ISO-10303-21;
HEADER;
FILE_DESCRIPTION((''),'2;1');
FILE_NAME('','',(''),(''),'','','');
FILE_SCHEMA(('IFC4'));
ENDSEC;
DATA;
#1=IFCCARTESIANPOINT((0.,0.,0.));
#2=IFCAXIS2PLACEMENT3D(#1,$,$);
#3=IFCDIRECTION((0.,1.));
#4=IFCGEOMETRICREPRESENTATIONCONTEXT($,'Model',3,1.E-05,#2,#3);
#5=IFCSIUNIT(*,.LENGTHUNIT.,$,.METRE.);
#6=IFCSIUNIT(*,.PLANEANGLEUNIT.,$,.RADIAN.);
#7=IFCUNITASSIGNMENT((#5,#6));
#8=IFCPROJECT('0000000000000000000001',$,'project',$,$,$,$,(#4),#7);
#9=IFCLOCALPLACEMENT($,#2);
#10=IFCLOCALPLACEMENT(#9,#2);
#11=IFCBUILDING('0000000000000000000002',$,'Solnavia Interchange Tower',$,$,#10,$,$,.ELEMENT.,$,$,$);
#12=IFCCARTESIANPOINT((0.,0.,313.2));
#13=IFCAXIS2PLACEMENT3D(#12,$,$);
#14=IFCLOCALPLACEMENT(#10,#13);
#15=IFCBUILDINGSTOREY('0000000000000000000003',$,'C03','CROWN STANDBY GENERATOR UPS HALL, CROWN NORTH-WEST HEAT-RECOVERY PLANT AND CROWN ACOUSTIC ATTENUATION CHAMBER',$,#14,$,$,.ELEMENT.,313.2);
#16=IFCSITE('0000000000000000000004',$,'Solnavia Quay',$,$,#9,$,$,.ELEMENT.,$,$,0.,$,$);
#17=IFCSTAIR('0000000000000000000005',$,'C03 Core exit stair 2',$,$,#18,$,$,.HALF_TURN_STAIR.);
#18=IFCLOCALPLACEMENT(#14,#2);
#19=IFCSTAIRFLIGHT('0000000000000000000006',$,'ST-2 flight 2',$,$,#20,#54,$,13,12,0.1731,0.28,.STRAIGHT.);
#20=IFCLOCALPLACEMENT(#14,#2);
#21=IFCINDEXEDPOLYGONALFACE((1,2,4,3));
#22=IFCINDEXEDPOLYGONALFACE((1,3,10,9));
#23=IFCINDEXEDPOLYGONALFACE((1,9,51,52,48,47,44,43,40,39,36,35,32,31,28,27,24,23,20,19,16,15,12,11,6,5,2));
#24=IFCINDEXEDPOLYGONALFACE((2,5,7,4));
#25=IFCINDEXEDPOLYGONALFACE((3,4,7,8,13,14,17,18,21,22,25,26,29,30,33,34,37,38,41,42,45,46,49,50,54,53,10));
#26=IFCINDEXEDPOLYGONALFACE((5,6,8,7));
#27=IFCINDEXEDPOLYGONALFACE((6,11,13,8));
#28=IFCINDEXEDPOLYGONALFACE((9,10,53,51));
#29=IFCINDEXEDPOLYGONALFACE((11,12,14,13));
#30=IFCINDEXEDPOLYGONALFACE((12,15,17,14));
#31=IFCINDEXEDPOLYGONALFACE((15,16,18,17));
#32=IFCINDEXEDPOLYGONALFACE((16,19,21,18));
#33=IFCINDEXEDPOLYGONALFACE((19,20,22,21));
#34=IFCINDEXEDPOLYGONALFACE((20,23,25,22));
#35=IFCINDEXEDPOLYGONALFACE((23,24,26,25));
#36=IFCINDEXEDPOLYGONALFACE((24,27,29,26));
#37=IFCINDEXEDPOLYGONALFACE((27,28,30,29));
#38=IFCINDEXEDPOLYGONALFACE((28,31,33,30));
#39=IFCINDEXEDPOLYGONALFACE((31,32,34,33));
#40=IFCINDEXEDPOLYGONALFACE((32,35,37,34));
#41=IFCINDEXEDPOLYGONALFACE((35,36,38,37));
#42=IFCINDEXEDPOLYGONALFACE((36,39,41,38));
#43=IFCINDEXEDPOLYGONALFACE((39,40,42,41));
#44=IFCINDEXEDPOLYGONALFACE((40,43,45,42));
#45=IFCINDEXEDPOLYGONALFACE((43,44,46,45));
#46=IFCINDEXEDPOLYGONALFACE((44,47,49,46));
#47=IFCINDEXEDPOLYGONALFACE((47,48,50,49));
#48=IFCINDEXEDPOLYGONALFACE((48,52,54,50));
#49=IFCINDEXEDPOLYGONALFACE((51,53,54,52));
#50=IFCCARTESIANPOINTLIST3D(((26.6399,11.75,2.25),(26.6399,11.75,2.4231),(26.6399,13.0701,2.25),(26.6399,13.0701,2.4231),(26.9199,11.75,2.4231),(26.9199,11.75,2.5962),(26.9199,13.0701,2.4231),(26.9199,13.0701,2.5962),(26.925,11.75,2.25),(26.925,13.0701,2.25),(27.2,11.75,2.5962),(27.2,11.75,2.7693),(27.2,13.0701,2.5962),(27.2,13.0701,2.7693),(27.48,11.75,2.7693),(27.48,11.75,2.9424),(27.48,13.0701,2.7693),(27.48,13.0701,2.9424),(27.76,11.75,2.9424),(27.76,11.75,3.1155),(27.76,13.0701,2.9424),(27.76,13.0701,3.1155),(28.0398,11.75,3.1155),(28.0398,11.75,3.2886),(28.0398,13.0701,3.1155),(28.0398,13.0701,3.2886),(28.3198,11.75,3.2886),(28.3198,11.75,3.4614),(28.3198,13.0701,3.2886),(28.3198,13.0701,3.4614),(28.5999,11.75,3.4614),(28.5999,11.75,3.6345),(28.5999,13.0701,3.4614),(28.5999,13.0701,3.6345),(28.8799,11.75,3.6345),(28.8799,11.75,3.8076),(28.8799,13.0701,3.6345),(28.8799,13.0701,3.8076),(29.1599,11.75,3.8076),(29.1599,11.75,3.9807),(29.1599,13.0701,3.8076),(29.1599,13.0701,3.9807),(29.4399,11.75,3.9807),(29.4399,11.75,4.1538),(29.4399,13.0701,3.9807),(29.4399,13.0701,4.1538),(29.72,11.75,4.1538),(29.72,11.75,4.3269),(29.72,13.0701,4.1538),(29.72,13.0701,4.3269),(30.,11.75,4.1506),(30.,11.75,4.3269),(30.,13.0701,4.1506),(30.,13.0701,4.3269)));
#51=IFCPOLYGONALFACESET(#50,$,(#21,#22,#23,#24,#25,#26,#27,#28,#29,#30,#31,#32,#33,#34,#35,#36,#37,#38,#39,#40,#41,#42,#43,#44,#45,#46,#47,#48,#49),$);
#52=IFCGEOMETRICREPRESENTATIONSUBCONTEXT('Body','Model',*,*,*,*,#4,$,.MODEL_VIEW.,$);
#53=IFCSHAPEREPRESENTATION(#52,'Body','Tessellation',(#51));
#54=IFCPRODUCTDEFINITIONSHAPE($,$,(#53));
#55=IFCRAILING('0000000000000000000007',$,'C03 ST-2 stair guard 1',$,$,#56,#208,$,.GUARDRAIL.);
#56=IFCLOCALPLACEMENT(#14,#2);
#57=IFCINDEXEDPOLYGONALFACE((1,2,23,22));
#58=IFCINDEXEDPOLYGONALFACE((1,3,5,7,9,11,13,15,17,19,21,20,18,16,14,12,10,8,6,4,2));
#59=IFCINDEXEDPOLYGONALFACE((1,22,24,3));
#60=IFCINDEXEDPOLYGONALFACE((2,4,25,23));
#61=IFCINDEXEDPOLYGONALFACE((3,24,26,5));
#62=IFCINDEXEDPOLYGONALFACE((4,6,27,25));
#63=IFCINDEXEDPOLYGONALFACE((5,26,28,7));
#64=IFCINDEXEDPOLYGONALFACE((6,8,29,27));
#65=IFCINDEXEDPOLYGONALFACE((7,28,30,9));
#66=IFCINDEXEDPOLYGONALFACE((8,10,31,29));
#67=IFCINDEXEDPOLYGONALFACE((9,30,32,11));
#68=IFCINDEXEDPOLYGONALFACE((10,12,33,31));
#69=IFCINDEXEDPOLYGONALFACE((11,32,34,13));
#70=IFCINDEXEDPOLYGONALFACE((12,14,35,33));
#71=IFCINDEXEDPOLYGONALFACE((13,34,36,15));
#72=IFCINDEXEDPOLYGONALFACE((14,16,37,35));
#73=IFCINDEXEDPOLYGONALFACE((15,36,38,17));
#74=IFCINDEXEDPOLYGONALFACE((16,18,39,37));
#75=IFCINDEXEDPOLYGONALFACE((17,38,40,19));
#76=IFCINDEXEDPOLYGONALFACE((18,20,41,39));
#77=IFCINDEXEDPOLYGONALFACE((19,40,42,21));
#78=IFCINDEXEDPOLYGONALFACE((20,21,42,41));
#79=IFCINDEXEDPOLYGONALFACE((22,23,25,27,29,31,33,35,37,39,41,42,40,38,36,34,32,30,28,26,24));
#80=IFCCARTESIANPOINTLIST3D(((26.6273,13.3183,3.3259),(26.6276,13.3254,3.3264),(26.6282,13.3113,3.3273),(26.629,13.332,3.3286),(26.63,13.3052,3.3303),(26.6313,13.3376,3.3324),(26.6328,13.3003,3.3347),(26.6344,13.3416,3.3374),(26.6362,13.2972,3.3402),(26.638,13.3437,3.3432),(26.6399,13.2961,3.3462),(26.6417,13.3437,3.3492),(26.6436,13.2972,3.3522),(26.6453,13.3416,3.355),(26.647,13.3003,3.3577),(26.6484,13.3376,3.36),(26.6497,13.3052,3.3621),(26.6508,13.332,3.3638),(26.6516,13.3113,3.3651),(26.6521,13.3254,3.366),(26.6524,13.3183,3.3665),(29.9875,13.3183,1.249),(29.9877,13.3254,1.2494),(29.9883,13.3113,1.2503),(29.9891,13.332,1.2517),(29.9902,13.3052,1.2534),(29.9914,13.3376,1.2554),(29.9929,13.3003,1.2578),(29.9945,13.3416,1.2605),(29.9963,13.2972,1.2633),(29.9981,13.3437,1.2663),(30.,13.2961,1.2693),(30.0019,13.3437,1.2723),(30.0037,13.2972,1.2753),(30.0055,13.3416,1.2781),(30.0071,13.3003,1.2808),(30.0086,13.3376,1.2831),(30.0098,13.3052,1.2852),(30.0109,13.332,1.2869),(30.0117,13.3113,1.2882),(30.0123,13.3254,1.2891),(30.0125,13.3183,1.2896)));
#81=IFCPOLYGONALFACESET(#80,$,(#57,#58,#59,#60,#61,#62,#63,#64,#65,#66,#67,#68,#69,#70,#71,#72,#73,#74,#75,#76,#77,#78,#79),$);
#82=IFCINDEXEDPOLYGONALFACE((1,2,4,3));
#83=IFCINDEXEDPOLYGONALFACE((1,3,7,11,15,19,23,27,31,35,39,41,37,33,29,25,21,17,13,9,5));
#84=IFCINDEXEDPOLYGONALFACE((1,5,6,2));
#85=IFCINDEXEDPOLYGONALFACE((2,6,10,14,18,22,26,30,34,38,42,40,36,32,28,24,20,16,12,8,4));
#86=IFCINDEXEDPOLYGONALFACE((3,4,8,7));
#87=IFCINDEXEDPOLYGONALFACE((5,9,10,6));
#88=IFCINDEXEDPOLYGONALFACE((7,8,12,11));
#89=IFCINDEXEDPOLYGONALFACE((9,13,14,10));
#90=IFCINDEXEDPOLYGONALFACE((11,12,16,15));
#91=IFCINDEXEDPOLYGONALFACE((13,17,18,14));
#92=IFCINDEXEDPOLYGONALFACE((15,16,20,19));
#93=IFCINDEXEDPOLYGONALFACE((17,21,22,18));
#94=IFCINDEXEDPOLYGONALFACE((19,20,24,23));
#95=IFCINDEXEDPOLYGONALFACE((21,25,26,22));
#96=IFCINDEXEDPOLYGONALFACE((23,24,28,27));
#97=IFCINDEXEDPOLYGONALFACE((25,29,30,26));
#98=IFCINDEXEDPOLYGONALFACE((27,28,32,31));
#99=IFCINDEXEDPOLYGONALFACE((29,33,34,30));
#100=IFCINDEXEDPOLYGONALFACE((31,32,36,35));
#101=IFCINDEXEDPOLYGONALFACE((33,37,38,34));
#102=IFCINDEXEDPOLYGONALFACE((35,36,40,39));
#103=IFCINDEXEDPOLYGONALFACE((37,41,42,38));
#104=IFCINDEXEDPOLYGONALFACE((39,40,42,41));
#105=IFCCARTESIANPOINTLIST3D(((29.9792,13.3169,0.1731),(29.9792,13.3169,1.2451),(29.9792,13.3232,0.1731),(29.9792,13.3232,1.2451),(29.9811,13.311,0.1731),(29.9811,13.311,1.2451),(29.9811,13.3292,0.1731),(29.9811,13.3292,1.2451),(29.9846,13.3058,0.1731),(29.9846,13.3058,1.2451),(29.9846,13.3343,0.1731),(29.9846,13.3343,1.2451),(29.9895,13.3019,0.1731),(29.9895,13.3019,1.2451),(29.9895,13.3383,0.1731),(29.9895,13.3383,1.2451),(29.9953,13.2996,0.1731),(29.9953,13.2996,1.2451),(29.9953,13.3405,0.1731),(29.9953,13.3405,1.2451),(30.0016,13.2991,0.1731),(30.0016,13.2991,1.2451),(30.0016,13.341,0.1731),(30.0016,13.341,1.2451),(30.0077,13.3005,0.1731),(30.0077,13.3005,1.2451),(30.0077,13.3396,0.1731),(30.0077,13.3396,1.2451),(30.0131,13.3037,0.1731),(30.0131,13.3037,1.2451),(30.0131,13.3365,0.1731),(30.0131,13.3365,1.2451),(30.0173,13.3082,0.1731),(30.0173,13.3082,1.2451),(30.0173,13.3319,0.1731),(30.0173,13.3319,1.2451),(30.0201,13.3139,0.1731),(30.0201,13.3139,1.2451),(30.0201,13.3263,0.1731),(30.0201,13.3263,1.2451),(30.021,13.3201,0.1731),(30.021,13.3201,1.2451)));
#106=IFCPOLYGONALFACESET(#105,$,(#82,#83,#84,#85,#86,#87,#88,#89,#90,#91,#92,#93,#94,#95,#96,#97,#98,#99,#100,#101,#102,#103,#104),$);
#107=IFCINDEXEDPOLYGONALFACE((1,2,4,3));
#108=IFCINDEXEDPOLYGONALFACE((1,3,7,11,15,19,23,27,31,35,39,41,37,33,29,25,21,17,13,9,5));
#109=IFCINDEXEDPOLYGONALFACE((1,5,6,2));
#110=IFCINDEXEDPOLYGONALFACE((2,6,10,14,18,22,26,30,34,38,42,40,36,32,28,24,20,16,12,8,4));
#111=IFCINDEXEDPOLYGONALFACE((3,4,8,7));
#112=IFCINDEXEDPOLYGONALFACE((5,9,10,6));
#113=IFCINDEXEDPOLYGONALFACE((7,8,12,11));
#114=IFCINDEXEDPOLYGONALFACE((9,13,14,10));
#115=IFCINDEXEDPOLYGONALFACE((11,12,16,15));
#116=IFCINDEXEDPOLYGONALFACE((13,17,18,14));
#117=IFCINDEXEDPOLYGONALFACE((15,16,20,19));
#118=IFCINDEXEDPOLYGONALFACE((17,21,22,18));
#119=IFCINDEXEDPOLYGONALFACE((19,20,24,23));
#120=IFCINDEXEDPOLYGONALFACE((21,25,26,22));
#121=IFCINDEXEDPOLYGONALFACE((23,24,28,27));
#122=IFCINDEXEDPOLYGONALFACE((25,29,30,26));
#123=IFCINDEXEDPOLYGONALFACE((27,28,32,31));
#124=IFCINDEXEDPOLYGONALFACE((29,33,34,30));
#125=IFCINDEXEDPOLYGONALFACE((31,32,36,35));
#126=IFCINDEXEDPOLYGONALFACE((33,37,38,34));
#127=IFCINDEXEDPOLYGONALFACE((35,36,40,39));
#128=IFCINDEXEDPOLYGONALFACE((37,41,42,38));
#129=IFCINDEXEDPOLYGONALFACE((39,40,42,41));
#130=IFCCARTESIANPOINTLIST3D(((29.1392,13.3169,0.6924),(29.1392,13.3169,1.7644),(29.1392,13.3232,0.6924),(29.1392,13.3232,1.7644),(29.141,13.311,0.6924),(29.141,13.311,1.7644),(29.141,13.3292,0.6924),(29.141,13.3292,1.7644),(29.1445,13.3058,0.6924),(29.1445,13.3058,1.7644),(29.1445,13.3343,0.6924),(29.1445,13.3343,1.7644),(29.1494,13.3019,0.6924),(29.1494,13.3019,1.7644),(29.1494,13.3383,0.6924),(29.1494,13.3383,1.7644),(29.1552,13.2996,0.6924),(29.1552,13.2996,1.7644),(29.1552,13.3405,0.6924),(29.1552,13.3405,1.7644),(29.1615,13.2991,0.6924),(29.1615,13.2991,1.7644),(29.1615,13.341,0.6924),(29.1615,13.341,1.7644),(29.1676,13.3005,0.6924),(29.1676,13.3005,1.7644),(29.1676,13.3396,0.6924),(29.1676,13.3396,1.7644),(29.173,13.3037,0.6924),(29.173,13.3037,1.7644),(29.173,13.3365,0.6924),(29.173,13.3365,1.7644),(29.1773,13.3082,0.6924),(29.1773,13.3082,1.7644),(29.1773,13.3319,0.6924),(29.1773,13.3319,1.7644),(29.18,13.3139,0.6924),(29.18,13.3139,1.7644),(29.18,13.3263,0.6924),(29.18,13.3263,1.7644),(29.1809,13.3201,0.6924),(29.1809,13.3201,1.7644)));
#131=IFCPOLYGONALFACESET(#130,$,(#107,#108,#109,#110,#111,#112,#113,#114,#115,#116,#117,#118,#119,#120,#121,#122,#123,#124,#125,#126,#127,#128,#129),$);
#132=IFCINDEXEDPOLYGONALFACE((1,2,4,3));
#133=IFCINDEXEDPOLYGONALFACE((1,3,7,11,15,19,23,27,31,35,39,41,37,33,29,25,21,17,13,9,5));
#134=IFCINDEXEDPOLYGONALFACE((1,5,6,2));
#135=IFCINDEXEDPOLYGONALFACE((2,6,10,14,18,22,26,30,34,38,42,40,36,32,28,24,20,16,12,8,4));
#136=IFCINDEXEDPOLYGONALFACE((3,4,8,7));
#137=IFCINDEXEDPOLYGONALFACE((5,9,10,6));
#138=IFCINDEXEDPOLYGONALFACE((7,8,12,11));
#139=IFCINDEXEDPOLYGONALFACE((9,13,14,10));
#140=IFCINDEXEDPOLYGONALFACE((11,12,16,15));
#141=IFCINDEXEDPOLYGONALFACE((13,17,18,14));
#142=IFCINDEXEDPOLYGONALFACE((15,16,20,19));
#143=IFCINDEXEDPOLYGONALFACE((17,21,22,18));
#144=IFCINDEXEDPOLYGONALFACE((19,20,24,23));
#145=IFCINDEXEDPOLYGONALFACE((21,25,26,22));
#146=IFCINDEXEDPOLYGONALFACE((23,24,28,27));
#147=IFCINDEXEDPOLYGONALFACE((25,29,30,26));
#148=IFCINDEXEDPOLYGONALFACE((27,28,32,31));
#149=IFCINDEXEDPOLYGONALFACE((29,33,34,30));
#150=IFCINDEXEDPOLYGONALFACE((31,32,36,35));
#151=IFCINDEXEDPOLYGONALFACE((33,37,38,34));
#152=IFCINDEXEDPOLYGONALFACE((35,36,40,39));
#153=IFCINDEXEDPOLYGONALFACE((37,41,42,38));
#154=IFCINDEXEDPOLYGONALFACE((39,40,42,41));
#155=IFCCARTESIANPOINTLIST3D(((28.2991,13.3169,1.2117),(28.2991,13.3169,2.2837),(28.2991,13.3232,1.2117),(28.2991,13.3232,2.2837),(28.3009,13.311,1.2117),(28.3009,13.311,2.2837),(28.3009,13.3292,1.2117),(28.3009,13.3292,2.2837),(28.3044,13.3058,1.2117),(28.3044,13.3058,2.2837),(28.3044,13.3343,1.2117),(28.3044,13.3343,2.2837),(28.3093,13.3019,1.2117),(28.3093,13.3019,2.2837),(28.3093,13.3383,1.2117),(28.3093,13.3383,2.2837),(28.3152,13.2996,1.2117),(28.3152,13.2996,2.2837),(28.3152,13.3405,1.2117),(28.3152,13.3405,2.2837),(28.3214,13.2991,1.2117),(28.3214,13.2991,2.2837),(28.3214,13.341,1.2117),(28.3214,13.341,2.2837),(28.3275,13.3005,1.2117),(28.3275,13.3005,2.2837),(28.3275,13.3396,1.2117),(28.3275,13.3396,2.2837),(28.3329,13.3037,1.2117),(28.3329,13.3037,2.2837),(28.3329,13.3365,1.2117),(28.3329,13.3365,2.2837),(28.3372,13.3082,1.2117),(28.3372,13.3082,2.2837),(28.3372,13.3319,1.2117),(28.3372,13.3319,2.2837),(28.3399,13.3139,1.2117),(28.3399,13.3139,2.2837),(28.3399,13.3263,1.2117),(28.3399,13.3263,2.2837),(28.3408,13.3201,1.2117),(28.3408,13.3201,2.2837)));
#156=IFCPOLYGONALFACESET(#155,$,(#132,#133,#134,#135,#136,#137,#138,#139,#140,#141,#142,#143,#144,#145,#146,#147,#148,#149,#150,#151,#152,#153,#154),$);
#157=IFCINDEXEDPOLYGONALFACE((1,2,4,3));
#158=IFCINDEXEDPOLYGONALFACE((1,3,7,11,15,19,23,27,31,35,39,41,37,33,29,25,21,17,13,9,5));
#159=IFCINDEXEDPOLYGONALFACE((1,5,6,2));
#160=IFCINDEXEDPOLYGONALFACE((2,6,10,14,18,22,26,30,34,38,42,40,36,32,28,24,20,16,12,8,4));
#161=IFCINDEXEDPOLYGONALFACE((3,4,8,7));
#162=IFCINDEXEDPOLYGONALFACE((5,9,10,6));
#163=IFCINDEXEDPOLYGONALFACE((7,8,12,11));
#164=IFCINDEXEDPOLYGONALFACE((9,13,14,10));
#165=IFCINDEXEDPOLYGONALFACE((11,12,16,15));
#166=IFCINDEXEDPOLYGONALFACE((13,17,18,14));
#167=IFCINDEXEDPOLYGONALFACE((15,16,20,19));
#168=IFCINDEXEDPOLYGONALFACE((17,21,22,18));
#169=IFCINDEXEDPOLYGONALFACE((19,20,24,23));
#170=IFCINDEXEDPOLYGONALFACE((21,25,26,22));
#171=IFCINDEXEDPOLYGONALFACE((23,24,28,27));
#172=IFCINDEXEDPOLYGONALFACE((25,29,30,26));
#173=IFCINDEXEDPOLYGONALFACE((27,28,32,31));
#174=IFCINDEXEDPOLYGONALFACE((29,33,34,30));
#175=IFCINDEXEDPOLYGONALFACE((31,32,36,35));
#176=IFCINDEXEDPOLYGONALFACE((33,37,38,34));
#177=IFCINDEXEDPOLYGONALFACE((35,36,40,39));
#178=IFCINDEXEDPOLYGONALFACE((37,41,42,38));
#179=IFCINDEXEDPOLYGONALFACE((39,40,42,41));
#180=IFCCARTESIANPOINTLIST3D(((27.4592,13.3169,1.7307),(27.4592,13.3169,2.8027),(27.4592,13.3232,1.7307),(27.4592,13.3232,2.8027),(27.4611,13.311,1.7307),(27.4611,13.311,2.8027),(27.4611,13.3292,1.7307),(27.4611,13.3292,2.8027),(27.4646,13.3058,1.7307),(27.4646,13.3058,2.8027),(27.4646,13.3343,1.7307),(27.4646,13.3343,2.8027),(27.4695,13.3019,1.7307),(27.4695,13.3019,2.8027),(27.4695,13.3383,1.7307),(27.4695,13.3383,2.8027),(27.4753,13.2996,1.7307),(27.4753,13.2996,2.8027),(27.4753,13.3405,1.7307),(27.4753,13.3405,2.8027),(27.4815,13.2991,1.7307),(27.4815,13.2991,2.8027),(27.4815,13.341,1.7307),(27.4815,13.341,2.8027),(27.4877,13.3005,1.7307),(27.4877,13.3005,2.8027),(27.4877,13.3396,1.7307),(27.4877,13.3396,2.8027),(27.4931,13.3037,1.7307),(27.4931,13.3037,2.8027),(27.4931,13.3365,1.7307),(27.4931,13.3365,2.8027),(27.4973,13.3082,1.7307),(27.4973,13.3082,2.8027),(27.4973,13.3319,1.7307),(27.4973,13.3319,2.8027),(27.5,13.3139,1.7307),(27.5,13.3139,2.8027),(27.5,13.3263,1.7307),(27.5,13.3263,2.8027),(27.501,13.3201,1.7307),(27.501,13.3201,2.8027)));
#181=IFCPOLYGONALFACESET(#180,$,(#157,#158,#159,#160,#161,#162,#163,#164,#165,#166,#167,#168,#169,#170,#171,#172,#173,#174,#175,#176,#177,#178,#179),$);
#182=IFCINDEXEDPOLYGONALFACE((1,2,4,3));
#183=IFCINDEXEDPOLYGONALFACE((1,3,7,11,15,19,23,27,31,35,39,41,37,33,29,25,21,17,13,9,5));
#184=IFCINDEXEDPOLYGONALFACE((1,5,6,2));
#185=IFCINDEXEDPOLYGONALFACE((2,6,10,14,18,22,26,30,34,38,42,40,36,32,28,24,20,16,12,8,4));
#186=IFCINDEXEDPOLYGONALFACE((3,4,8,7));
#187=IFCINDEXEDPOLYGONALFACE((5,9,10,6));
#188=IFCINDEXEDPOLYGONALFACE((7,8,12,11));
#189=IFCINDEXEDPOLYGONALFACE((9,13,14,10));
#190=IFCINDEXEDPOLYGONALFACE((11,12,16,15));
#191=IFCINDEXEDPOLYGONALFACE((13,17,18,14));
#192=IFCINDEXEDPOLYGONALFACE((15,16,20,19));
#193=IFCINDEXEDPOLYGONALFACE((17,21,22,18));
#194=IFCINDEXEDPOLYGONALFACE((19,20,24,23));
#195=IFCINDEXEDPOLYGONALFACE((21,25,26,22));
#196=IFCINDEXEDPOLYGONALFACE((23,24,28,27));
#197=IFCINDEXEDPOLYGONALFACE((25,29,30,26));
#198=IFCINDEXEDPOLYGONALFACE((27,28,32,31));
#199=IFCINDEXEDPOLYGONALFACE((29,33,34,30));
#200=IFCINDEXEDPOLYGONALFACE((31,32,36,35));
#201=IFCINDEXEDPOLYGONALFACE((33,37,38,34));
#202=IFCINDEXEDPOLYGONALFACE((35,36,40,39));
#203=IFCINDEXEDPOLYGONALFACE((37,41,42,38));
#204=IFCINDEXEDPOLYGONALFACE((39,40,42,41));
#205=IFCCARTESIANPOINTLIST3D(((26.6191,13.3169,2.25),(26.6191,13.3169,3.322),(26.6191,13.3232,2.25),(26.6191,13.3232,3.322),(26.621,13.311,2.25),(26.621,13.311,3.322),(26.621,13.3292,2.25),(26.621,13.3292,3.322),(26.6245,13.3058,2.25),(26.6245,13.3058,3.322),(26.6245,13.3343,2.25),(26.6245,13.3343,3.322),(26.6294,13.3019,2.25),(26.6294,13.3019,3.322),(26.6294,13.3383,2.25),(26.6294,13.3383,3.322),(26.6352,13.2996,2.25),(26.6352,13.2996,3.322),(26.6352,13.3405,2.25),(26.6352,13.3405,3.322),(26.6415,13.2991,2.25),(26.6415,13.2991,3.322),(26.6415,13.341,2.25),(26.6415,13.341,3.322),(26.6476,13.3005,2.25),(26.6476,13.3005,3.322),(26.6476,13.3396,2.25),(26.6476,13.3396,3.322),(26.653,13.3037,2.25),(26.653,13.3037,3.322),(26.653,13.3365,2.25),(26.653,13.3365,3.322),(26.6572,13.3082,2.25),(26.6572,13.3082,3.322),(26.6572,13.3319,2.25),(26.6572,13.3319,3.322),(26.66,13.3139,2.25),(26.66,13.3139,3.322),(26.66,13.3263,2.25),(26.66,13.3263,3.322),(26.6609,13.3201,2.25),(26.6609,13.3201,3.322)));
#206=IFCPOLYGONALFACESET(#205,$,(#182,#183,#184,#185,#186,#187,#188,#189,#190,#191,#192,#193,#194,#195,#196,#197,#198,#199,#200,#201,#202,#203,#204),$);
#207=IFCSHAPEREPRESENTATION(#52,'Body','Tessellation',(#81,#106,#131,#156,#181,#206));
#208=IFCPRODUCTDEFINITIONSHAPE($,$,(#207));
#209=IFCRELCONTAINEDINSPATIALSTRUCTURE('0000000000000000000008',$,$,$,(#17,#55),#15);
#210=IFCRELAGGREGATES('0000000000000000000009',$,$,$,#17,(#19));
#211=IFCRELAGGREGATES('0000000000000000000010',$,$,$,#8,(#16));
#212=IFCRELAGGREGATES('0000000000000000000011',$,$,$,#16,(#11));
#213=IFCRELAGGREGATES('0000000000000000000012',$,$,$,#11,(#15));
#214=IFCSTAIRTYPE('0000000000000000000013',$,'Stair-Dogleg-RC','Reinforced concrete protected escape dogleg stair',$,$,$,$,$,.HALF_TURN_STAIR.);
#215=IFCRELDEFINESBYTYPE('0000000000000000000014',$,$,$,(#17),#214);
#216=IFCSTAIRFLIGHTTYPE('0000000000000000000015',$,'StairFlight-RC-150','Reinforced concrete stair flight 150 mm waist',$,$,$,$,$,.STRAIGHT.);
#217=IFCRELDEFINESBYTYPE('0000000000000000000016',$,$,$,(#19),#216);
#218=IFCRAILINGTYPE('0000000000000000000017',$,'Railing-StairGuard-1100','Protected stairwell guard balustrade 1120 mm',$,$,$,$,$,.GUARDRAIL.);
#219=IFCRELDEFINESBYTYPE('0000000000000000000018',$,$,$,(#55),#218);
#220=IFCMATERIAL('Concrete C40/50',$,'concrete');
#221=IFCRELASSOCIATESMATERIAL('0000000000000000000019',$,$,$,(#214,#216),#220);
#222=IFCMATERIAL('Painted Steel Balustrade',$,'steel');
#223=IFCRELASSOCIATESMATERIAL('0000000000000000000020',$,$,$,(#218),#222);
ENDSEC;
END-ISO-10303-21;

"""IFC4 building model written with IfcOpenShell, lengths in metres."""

from ifc_helpers import new_model, si_unit, direction, frame, origin, origin_2d, place, context, subcontext, project, spatial, polyline, circle, outline, extrude, material, type_object, element, aggregate, save


model = new_model("IFC4")

# Units and contexts
model_context = context("Model", 3, precision=1e-05, world=origin(), true_north=direction((0.0, 1.0)))
body_context = subcontext(model_context, "Body", "Model", "MODEL_VIEW")
ifc_project = project(units=[si_unit("LENGTHUNIT", "METRE"), si_unit("PLANEANGLEUNIT", "RADIAN")], contexts=[model_context])

# Site, building, storey
site_placement = place(None, origin())
site = spatial("IfcSite", under=ifc_project, at=site_placement, Name="Solnavia Quay", CompositionType="ELEMENT", RefElevation=0.0)
building_placement = place(site_placement, origin())
building = spatial("IfcBuilding", under=site, at=building_placement, Name="Solnavia Interchange Tower", CompositionType="ELEMENT")
storey_placement = place(building_placement, frame((0.0, 0.0, 313.2)))
storey = spatial("IfcBuildingStorey", under=building, at=storey_placement, Name="C03", Description="CROWN STANDBY GENERATOR UPS HALL, CROWN NORTH-WEST HEAT-RECOVERY PLANT AND CROWN ACOUSTIC ATTENUATION CHAMBER", CompositionType="ELEMENT", Elevation=313.2)

# Shared definitions
ifc_material_1 = material(Name="Concrete C40/50", Category="concrete")

# Stair, stair flight
stair_type = type_object("IfcStairType", Name="Stair-Dogleg-RC", Description="Reinforced concrete protected escape dogleg stair", PredefinedType="HALF_TURN_STAIR", material=ifc_material_1)
stair_placement = place(storey_placement, origin())
stair = element("IfcStair", 1, at=stair_placement, inside=storey, type_object=stair_type, Name="C03 Core exit stair 2", PredefinedType="HALF_TURN_STAIR")
stair_flight_type = type_object("IfcStairFlightType", Name="StairFlight-RC-150", Description="Reinforced concrete stair flight 150 mm waist", PredefinedType="STRAIGHT", material=ifc_material_1)
stair_flight_1_placement = place(storey_placement, frame((26.6399, 12.4099, 2.25), z_axis=(0.0, 0.0, 1.0), x_axis=(1.0, 0.0, 0.0)))
stair_flight_1 = element("IfcStairFlight", 2, at=stair_flight_1_placement, type_object=stair_flight_type, Name="ST-2 flight 2", NumberOfRisers=13, NumberOfTreads=12, PredefinedType="STRAIGHT", RiserHeight=0.1731, TreadLength=0.28, context=body_context, shape_type="SweptSolid", body=[
    extrude(outline(polyline([(0.0, 0.0), (0.0, 0.1731), (0.28, 0.1731), (0.28, 0.3462), (0.5601, 0.3462), (0.5601, 0.5193), (0.8401, 0.5193), (0.8401, 0.6924), (1.1201, 0.6924), (1.1201, 0.8655), (1.3999, 0.8655), (1.3999, 1.0386), (1.6799, 1.0386), (1.6799, 1.2114), (1.96, 1.2114), (1.96, 1.3845), (2.24, 1.3845), (2.24, 1.5576), (2.52, 1.5576), (2.52, 1.7307), (2.8, 1.7307), (2.8, 1.9038), (3.0801, 1.9038), (3.0801, 2.0769), (3.3601, 2.0769), (3.3601, 2.25), (3.3601, 1.9006), (0.2852, 0.0), (0.0, 0.0)])), frame((0.0, 0.6602, 0.0), z_axis=(0.0, -1.0, 0.0), x_axis=(1.0, 0.0, 0.0)), (0.0, 0.0, 1.0), 1.3201),
])
aggregate(stair, [stair_flight_1])

# Railing
ifc_material_2 = material(Name="Painted Steel Balustrade", Category="steel")
railing_type_1 = type_object("IfcRailingType", Name="Railing-StairGuard-1100", Description="Protected stairwell guard balustrade 1120 mm", PredefinedType="GUARDRAIL", material=ifc_material_2)
railing_1_placement = place(storey_placement, frame((30.0, 13.3201, 0.1731)))
element("IfcRailing", 3, at=railing_1_placement, inside=storey, type_object=railing_type_1, Name="C03 ST-2 stair guard 1", PredefinedType="GUARDRAIL", context=body_context, shape_type="SweptSolid", body=[
    extrude(circle(Radius=0.0239, at=origin_2d()), frame((0.0, 0.0, 1.0962), z_axis=(-0.850623, 0.0, 0.525776), x_axis=(0.0, -1.0, 0.0)), (0.0, 0.0, 1.0), 3.9502),
    extrude(circle(Radius=0.021, at=origin_2d()), origin(), (0.0, 0.0, 1.0), 1.072),
    extrude(circle(Radius=0.021, at=origin_2d()), frame((-0.8401, 0.0, 0.5193)), (0.0, 0.0, 1.0), 1.072),
    extrude(circle(Radius=0.021, at=origin_2d()), frame((-1.6802, 0.0, 1.0386)), (0.0, 0.0, 1.0), 1.072),
    extrude(circle(Radius=0.021, at=origin_2d()), frame((-2.52, 0.0, 1.5576)), (0.0, 0.0, 1.0), 1.072),
    extrude(circle(Radius=0.021, at=origin_2d()), frame((-3.3601, 0.0, 2.0769)), (0.0, 0.0, 1.0), 1.072),
])

save(model, "model.ifc")
